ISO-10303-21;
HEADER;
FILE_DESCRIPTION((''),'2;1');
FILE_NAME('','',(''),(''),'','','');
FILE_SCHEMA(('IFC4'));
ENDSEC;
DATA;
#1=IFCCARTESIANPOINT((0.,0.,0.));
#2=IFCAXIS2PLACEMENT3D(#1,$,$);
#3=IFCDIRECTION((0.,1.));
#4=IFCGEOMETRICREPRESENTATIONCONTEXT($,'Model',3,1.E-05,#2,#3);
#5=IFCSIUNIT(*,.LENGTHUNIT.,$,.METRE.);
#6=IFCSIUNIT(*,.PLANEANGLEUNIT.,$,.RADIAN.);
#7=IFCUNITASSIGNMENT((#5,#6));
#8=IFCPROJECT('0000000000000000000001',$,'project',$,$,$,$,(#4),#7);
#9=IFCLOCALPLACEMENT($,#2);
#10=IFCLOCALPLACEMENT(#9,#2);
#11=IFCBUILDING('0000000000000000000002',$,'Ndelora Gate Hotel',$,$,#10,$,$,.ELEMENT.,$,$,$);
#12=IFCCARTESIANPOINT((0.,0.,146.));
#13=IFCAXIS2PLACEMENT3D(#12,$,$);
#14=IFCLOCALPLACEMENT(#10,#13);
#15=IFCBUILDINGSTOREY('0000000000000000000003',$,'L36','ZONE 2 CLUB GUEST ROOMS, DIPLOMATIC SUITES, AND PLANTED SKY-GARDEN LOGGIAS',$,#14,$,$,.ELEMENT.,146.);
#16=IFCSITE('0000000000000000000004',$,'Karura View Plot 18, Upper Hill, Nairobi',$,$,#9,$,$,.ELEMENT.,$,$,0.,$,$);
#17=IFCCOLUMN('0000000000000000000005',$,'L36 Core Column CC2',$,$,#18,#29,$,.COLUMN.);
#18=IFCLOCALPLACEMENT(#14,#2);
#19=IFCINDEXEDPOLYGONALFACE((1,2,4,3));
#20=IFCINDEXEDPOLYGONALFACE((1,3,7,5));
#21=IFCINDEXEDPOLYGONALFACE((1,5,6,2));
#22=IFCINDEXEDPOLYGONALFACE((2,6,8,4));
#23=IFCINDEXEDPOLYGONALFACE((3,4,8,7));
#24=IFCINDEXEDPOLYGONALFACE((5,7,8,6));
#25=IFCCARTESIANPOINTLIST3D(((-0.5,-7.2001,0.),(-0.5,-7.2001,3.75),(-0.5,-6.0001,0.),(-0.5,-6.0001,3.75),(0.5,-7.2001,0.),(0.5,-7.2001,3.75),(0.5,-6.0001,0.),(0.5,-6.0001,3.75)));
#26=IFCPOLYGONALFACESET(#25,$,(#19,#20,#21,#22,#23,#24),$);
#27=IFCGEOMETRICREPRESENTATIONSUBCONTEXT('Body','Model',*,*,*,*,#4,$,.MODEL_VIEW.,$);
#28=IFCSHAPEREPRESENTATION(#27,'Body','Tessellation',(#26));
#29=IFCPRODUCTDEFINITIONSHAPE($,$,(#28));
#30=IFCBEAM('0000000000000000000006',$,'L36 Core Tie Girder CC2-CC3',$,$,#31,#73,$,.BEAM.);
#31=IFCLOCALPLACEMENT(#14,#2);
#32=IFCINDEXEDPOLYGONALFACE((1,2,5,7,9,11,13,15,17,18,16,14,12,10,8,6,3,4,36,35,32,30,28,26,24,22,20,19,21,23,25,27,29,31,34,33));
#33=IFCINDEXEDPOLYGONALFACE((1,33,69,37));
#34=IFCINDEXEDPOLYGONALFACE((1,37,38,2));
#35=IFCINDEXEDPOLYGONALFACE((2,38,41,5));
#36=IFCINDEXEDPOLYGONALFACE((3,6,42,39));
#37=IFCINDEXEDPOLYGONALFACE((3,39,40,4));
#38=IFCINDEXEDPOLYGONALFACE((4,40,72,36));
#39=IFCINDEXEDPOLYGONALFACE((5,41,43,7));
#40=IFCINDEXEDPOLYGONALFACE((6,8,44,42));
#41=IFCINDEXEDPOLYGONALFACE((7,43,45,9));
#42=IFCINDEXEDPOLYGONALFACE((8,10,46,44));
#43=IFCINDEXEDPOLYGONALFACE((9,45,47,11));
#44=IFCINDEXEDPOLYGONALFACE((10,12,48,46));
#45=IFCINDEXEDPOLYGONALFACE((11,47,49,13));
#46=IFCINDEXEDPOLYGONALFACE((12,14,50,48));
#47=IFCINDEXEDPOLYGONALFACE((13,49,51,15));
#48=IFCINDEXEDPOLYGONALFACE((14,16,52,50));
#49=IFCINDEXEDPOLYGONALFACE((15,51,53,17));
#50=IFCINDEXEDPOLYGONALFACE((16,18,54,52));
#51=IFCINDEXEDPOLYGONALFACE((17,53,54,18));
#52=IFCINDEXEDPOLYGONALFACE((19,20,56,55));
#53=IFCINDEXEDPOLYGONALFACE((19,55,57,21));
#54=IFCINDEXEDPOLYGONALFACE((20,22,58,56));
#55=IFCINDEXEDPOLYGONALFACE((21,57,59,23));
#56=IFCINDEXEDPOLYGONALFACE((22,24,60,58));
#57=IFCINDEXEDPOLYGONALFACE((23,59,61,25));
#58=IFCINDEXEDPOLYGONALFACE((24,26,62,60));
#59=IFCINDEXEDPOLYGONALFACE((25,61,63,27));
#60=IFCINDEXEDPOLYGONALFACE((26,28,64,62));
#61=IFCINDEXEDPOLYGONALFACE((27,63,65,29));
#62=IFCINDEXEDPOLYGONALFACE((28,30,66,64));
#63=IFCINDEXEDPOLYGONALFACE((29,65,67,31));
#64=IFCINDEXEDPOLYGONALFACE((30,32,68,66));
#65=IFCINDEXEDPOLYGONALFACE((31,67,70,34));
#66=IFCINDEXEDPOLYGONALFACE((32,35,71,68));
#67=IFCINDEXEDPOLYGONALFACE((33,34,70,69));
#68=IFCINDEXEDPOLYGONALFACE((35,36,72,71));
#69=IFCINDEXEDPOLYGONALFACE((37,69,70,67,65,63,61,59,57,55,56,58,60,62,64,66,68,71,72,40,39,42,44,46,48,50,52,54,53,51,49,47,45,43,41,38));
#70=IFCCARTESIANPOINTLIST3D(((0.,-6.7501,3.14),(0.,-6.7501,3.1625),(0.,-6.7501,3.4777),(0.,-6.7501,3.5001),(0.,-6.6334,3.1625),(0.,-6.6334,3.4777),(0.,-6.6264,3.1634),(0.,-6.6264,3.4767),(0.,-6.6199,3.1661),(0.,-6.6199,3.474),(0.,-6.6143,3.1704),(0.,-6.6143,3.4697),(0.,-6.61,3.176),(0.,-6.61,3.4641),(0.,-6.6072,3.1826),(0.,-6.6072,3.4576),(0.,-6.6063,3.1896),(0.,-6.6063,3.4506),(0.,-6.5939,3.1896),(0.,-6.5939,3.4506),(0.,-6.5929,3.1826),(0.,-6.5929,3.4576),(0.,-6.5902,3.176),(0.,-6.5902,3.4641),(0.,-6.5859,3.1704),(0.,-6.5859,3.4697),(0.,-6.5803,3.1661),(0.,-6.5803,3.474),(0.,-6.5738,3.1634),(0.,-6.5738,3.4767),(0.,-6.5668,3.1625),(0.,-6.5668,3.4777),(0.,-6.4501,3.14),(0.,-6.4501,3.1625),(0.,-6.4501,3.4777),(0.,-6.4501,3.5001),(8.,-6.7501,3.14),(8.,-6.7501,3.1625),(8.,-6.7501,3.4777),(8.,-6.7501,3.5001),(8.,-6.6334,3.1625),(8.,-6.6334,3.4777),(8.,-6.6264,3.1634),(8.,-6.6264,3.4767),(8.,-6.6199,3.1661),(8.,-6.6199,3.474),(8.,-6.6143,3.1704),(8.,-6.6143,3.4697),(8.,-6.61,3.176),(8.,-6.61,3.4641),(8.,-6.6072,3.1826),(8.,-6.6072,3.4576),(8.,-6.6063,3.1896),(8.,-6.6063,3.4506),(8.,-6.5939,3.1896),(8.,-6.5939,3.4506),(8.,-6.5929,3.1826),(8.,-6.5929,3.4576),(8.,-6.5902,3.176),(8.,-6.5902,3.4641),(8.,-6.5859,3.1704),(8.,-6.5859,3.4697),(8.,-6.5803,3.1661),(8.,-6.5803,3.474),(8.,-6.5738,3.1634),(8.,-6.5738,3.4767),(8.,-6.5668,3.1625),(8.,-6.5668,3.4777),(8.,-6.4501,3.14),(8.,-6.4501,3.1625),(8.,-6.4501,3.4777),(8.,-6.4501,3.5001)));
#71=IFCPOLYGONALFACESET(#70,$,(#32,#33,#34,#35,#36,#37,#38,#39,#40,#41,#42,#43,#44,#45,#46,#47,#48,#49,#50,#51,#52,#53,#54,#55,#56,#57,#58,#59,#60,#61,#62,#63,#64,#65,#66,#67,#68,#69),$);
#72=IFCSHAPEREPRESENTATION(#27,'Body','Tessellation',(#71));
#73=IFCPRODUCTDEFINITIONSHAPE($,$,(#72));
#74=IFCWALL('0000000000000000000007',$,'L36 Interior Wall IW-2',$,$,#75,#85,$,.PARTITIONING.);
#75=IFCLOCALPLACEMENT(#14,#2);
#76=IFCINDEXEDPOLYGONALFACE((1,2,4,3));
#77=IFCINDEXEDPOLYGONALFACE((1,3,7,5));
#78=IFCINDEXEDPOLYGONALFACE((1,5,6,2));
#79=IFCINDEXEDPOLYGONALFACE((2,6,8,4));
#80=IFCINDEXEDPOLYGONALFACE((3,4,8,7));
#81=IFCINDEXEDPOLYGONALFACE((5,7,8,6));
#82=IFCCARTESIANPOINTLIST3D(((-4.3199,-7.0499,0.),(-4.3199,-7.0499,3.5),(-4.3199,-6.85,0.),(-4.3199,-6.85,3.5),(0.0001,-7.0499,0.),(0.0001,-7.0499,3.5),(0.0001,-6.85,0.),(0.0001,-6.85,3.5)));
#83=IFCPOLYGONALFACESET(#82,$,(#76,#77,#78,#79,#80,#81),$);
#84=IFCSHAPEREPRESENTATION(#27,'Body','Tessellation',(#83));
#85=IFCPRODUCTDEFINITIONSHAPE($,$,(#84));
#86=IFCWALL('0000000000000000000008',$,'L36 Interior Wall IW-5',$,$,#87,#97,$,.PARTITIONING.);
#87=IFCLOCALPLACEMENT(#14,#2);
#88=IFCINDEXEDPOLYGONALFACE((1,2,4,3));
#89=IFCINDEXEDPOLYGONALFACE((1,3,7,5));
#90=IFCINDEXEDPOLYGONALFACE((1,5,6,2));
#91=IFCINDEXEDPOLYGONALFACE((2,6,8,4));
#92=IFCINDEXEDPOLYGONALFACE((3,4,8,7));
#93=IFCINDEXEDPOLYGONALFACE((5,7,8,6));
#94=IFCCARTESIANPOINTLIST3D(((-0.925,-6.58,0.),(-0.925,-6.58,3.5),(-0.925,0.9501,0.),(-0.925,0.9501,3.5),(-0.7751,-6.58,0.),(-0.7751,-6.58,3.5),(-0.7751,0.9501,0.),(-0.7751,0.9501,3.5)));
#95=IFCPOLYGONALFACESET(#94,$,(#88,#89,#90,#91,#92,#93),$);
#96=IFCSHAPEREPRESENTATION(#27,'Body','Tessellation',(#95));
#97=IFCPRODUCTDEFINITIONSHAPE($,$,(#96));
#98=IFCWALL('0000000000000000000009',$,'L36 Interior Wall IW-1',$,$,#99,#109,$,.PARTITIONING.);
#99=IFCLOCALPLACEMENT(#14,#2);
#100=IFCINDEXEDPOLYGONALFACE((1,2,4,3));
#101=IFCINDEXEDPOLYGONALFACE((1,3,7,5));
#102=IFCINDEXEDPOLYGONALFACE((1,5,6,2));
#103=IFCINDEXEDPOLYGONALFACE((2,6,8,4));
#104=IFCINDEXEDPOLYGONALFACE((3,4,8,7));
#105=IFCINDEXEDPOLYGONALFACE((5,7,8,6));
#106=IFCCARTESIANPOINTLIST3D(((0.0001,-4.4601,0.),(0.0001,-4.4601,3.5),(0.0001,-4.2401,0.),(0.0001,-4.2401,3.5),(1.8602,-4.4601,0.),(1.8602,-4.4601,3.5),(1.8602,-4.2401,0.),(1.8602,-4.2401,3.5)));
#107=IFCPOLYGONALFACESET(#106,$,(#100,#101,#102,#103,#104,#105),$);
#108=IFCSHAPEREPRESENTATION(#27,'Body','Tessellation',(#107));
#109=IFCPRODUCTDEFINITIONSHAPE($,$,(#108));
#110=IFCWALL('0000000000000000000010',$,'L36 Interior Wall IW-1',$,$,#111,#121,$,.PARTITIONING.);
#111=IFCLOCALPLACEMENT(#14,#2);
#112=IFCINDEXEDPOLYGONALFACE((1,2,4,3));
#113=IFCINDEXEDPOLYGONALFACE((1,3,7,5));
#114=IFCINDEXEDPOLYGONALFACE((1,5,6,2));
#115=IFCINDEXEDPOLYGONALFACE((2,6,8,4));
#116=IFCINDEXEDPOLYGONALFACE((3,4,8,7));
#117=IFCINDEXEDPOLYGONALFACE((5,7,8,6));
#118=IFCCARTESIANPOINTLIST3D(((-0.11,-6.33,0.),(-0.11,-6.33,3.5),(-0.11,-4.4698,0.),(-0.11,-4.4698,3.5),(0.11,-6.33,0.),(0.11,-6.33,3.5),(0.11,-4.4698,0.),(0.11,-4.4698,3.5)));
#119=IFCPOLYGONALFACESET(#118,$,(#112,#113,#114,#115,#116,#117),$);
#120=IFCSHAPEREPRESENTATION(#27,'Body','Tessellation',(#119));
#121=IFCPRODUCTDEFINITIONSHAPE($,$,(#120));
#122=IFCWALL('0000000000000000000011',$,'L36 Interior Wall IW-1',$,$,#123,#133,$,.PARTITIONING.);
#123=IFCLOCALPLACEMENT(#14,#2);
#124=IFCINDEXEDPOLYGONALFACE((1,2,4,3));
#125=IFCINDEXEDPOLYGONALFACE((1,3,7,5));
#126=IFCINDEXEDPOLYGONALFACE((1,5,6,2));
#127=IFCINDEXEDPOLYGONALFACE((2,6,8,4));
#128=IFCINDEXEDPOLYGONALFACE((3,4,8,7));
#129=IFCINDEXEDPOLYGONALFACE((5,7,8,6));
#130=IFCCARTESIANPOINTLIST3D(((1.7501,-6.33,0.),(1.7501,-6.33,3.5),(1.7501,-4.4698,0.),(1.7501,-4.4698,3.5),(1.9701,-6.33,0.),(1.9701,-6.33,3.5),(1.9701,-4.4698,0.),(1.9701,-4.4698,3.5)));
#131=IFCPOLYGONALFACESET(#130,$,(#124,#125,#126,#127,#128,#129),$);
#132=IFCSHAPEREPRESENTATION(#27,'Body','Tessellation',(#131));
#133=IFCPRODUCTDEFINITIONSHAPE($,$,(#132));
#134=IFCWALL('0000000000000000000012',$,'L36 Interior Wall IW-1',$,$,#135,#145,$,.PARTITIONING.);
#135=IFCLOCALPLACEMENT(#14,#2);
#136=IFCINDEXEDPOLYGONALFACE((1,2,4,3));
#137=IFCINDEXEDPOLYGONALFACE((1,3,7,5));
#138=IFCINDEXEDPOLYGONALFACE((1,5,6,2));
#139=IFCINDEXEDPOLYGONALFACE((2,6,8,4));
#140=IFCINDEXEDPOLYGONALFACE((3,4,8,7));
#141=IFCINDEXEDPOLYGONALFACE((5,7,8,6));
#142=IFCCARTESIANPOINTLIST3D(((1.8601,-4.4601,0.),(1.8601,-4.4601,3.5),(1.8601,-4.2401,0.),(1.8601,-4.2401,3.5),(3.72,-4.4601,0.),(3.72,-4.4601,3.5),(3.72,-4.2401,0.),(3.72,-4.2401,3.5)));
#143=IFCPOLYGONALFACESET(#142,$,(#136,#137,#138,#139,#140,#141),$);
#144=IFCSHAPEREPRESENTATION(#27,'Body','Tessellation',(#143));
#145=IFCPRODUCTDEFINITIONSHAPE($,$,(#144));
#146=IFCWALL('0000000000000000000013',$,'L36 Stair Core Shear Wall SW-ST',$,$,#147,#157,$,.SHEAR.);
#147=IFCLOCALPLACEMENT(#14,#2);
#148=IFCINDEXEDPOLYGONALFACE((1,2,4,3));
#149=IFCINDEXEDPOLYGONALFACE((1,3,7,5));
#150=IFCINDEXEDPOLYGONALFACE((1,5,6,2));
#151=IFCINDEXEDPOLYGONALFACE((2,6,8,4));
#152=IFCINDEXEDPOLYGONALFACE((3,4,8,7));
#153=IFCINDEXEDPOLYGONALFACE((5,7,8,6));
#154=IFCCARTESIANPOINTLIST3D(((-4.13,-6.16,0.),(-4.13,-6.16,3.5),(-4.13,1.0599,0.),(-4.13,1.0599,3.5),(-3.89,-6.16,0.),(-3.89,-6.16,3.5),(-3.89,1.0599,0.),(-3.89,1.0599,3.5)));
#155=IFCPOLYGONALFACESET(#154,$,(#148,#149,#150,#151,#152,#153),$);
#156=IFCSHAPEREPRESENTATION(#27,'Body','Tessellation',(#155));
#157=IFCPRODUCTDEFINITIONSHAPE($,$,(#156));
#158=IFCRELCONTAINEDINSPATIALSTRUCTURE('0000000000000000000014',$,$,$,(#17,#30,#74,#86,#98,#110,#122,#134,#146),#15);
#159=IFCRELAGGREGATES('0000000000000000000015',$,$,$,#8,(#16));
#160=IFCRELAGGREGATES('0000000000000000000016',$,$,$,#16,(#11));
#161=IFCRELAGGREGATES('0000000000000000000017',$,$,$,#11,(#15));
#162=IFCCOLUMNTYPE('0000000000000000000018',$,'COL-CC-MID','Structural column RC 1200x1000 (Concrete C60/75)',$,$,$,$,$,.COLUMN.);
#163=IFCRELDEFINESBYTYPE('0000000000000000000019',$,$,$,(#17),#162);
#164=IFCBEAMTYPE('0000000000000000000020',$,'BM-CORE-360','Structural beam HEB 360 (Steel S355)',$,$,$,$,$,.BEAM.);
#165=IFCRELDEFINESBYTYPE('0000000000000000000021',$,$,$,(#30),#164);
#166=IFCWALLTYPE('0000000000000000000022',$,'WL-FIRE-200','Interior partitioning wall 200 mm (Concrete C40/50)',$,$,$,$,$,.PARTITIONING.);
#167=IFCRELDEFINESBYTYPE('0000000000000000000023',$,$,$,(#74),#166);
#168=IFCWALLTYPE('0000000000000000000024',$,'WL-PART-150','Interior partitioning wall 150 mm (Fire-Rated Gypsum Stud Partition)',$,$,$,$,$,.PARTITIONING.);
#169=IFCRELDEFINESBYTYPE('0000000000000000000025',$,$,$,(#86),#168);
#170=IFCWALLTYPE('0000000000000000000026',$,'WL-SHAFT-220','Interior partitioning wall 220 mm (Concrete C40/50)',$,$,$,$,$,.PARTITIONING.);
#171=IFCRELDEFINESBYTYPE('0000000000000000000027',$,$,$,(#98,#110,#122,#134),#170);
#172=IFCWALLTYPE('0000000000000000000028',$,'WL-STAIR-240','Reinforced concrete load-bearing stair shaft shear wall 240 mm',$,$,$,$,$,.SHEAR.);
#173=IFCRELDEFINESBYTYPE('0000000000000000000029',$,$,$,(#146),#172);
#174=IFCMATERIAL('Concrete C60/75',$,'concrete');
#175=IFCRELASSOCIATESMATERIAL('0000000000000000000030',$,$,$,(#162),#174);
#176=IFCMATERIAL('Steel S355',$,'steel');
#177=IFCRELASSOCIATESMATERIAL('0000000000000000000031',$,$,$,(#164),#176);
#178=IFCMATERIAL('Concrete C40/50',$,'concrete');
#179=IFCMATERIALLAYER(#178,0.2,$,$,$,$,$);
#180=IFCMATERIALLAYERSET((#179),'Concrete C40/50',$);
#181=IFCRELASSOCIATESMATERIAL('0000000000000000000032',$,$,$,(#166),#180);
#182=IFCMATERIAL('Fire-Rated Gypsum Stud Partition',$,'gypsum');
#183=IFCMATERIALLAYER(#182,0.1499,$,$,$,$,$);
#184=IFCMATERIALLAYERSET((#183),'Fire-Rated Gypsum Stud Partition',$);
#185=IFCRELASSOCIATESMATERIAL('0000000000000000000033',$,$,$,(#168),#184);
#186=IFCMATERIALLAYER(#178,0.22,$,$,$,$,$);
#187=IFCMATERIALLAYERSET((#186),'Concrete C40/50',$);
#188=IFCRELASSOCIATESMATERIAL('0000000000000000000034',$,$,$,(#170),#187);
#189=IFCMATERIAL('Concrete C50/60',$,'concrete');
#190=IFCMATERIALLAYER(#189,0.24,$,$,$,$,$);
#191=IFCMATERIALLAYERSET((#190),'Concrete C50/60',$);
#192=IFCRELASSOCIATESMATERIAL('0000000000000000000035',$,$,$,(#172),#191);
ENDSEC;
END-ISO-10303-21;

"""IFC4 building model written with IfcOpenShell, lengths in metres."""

from ifc_helpers import new_model, si_unit, direction, frame, frame_2d, origin, origin_2d, place, context, subcontext, project, spatial, rectangle, i_section, extrude, material, layer, layer_set, material_profile, profile_set, type_object, element, save


model = new_model("IFC4")

# Units and contexts
model_context = context("Model", 3, precision=1e-05, world=origin(), true_north=direction((0.0, 1.0)))
body_context = subcontext(model_context, "Body", "Model", "MODEL_VIEW")
ifc_project = project(units=[si_unit("LENGTHUNIT", "METRE"), si_unit("PLANEANGLEUNIT", "RADIAN")], contexts=[model_context])

# Site, building, storey
site_placement = place(None, origin())
site = spatial("IfcSite", under=ifc_project, at=site_placement, Name="Karura View Plot 18, Upper Hill, Nairobi", CompositionType="ELEMENT", RefElevation=0.0)
building_placement = place(site_placement, origin())
building = spatial("IfcBuilding", under=site, at=building_placement, Name="Ndelora Gate Hotel", CompositionType="ELEMENT")
storey_placement = place(building_placement, frame((0.0, 0.0, 146.0)))
storey = spatial("IfcBuildingStorey", under=building, at=storey_placement, Name="L36", Description="ZONE 2 CLUB GUEST ROOMS, DIPLOMATIC SUITES, AND PLANTED SKY-GARDEN LOGGIAS", CompositionType="ELEMENT", Elevation=146.0)

# Column
ifc_material_1 = material(Name="Concrete C60/75", Category="concrete")
ifc_material_profile_1 = material_profile(ifc_material_1, rectangle(XDim=1.0, YDim=1.2, at=origin_2d()), Name="RC 1200x1000")
ifc_profile_set_1 = profile_set([ifc_material_profile_1], Name="Concrete C60/75")
column_type = type_object("IfcColumnType", Name="COL-CC-MID", Description="Structural column RC 1200x1000 (Concrete C60/75)", PredefinedType="COLUMN", material=ifc_profile_set_1)
column_placement = place(storey_placement, frame((0.0, -6.6001, 0.0), z_axis=(0.0, 0.0, 1.0), x_axis=(1.0, 0.0, 0.0)))
element("IfcColumn", 1, at=column_placement, inside=storey, type_object=column_type, Name="L36 Core Column CC2", PredefinedType="COLUMN", context=body_context, shape_type="SweptSolid", body=[
    extrude(rectangle(XDim=1.0, YDim=1.2, at=origin_2d()), origin(), (0.0, 0.0, 1.0), 3.75),
])

# Beam
ifc_material_2 = material(Name="Steel S355", Category="steel")
ifc_material_profile_2 = material_profile(ifc_material_2, i_section(OverallWidth=0.3, OverallDepth=0.3601, WebThickness=0.0125, FlangeThickness=0.0225, FilletRadius=0.0271, at=origin_2d()), Name="HEB 360")
ifc_profile_set_2 = profile_set([ifc_material_profile_2], Name="Steel S355")
beam_type = type_object("IfcBeamType", Name="BM-CORE-360", Description="Structural beam HEB 360 (Steel S355)", PredefinedType="BEAM", material=ifc_profile_set_2)
beam_placement = place(storey_placement, frame((0.0, -6.6001, 3.3201), z_axis=(1.0, 0.0, 0.0), x_axis=(0.0, 1.0, 0.0)))
element("IfcBeam", 2, at=beam_placement, inside=storey, type_object=beam_type, Name="L36 Core Tie Girder CC2-CC3", PredefinedType="BEAM", context=body_context, shape_type="SweptSolid", body=[
    extrude(i_section(OverallWidth=0.3, OverallDepth=0.3601, WebThickness=0.0125, FlangeThickness=0.0225, FilletRadius=0.0271, at=origin_2d()), origin(), (0.0, 0.0, 1.0), 8.0),
])

# Walls
ifc_material_3 = material(Name="Concrete C40/50", Category="concrete")
ifc_layer_1 = layer(ifc_material_3, 0.2)
ifc_layer_set_1 = layer_set([ifc_layer_1], Name="Concrete C40/50")
wall_type_1 = type_object("IfcWallType", Name="WL-FIRE-200", Description="Interior partitioning wall 200 mm (Concrete C40/50)", PredefinedType="PARTITIONING", material=ifc_layer_set_1)
wall_1_placement = place(storey_placement, frame((-4.3201, -6.95, 0.0), z_axis=(0.0, 0.0, 1.0), x_axis=(1.0, 0.0, 0.0)))
element("IfcWall", 3, at=wall_1_placement, inside=storey, type_object=wall_type_1, Name="L36 Interior Wall IW-2", PredefinedType="PARTITIONING", context=body_context, shape_type="SweptSolid", body=[
    extrude(rectangle(XDim=4.3201, YDim=0.2, at=frame_2d((2.1602, 0.0))), origin(), (0.0, 0.0, 1.0), 3.5),
])
ifc_material_4 = material(Name="Fire-Rated Gypsum Stud Partition", Category="gypsum")
ifc_layer_2 = layer(ifc_material_4, 0.1499)
ifc_layer_set_2 = layer_set([ifc_layer_2], Name="Fire-Rated Gypsum Stud Partition")
wall_type_2 = type_object("IfcWallType", Name="WL-PART-150", Description="Interior partitioning wall 150 mm (Fire-Rated Gypsum Stud Partition)", PredefinedType="PARTITIONING", material=ifc_layer_set_2)
wall_2_placement = place(storey_placement, frame((-0.8501, -6.5801, 0.0), z_axis=(0.0, 0.0, 1.0), x_axis=(0.0, 1.0, 0.0)))
element("IfcWall", 4, at=wall_2_placement, inside=storey, type_object=wall_type_2, Name="L36 Interior Wall IW-5", PredefinedType="PARTITIONING", context=body_context, shape_type="SweptSolid", body=[
    extrude(rectangle(XDim=7.53, YDim=0.1499, at=frame_2d((3.7651, 0.0))), origin(), (0.0, 0.0, 1.0), 3.5),
])

# Shared definitions
ifc_layer_3 = layer(ifc_material_3, 0.22)
ifc_layer_set_3 = layer_set([ifc_layer_3], Name="Concrete C40/50")
wall_type_3 = type_object("IfcWallType", Name="WL-SHAFT-220", Description="Interior partitioning wall 220 mm (Concrete C40/50)", PredefinedType="PARTITIONING", material=ifc_layer_set_3)

# Walls
for number, where, z_axis, x_axis, name in (
    (5, (0.0, -4.3501, 0.0), (0.0, 0.0, 1.0), (1.0, 0.0, 0.0), "L36 Interior Wall IW-1"),
    (6, (0.0, -6.3301, 0.0), (0.0, 0.0, 1.0), (0.0, 1.0, 0.0), "L36 Interior Wall IW-1"),
    (7, (1.8601, -6.3301, 0.0), (0.0, 0.0, 1.0), (0.0, 1.0, 0.0), "L36 Interior Wall IW-1"),
):
    element("IfcWall", number, at=place(storey_placement, frame(where, z_axis=z_axis, x_axis=x_axis)), inside=storey, type_object=wall_type_3, Name=name, PredefinedType="PARTITIONING", context=body_context, shape_type="SweptSolid", body=[
        extrude(rectangle(XDim=1.8601, YDim=0.22, at=frame_2d((0.9302, 0.0))), origin(), (0.0, 0.0, 1.0), 3.5),
    ])

# Walls
wall_3_placement = place(storey_placement, frame((1.8601, -4.3501, 0.0), z_axis=(0.0, 0.0, 1.0), x_axis=(1.0, 0.0, 0.0)))
element("IfcWall", 8, at=wall_3_placement, inside=storey, type_object=wall_type_3, Name="L36 Interior Wall IW-1", PredefinedType="PARTITIONING", context=body_context, shape_type="SweptSolid", body=[
    extrude(rectangle(XDim=1.8599, YDim=0.22, at=frame_2d((0.9299, 0.0))), origin(), (0.0, 0.0, 1.0), 3.5),
])
ifc_material_5 = material(Name="Concrete C50/60", Category="concrete")
ifc_layer_4 = layer(ifc_material_5, 0.24)
ifc_layer_set_4 = layer_set([ifc_layer_4], Name="Concrete C50/60")
wall_type_4 = type_object("IfcWallType", Name="WL-STAIR-240", Description="Reinforced concrete load-bearing stair shaft shear wall 240 mm", PredefinedType="SHEAR", material=ifc_layer_set_4)
wall_4_placement = place(storey_placement, frame((-4.01, -6.1599, 0.0), z_axis=(0.0, 0.0, 1.0), x_axis=(0.0, 1.0, 0.0)))
element("IfcWall", 9, at=wall_4_placement, inside=storey, type_object=wall_type_4, Name="L36 Stair Core Shear Wall SW-ST", PredefinedType="SHEAR", context=body_context, shape_type="SweptSolid", body=[
    extrude(rectangle(XDim=7.22, YDim=0.24, at=frame_2d((3.6099, 0.0))), origin(), (0.0, 0.0, 1.0), 3.5),
])

save(model, "model.ifc")
